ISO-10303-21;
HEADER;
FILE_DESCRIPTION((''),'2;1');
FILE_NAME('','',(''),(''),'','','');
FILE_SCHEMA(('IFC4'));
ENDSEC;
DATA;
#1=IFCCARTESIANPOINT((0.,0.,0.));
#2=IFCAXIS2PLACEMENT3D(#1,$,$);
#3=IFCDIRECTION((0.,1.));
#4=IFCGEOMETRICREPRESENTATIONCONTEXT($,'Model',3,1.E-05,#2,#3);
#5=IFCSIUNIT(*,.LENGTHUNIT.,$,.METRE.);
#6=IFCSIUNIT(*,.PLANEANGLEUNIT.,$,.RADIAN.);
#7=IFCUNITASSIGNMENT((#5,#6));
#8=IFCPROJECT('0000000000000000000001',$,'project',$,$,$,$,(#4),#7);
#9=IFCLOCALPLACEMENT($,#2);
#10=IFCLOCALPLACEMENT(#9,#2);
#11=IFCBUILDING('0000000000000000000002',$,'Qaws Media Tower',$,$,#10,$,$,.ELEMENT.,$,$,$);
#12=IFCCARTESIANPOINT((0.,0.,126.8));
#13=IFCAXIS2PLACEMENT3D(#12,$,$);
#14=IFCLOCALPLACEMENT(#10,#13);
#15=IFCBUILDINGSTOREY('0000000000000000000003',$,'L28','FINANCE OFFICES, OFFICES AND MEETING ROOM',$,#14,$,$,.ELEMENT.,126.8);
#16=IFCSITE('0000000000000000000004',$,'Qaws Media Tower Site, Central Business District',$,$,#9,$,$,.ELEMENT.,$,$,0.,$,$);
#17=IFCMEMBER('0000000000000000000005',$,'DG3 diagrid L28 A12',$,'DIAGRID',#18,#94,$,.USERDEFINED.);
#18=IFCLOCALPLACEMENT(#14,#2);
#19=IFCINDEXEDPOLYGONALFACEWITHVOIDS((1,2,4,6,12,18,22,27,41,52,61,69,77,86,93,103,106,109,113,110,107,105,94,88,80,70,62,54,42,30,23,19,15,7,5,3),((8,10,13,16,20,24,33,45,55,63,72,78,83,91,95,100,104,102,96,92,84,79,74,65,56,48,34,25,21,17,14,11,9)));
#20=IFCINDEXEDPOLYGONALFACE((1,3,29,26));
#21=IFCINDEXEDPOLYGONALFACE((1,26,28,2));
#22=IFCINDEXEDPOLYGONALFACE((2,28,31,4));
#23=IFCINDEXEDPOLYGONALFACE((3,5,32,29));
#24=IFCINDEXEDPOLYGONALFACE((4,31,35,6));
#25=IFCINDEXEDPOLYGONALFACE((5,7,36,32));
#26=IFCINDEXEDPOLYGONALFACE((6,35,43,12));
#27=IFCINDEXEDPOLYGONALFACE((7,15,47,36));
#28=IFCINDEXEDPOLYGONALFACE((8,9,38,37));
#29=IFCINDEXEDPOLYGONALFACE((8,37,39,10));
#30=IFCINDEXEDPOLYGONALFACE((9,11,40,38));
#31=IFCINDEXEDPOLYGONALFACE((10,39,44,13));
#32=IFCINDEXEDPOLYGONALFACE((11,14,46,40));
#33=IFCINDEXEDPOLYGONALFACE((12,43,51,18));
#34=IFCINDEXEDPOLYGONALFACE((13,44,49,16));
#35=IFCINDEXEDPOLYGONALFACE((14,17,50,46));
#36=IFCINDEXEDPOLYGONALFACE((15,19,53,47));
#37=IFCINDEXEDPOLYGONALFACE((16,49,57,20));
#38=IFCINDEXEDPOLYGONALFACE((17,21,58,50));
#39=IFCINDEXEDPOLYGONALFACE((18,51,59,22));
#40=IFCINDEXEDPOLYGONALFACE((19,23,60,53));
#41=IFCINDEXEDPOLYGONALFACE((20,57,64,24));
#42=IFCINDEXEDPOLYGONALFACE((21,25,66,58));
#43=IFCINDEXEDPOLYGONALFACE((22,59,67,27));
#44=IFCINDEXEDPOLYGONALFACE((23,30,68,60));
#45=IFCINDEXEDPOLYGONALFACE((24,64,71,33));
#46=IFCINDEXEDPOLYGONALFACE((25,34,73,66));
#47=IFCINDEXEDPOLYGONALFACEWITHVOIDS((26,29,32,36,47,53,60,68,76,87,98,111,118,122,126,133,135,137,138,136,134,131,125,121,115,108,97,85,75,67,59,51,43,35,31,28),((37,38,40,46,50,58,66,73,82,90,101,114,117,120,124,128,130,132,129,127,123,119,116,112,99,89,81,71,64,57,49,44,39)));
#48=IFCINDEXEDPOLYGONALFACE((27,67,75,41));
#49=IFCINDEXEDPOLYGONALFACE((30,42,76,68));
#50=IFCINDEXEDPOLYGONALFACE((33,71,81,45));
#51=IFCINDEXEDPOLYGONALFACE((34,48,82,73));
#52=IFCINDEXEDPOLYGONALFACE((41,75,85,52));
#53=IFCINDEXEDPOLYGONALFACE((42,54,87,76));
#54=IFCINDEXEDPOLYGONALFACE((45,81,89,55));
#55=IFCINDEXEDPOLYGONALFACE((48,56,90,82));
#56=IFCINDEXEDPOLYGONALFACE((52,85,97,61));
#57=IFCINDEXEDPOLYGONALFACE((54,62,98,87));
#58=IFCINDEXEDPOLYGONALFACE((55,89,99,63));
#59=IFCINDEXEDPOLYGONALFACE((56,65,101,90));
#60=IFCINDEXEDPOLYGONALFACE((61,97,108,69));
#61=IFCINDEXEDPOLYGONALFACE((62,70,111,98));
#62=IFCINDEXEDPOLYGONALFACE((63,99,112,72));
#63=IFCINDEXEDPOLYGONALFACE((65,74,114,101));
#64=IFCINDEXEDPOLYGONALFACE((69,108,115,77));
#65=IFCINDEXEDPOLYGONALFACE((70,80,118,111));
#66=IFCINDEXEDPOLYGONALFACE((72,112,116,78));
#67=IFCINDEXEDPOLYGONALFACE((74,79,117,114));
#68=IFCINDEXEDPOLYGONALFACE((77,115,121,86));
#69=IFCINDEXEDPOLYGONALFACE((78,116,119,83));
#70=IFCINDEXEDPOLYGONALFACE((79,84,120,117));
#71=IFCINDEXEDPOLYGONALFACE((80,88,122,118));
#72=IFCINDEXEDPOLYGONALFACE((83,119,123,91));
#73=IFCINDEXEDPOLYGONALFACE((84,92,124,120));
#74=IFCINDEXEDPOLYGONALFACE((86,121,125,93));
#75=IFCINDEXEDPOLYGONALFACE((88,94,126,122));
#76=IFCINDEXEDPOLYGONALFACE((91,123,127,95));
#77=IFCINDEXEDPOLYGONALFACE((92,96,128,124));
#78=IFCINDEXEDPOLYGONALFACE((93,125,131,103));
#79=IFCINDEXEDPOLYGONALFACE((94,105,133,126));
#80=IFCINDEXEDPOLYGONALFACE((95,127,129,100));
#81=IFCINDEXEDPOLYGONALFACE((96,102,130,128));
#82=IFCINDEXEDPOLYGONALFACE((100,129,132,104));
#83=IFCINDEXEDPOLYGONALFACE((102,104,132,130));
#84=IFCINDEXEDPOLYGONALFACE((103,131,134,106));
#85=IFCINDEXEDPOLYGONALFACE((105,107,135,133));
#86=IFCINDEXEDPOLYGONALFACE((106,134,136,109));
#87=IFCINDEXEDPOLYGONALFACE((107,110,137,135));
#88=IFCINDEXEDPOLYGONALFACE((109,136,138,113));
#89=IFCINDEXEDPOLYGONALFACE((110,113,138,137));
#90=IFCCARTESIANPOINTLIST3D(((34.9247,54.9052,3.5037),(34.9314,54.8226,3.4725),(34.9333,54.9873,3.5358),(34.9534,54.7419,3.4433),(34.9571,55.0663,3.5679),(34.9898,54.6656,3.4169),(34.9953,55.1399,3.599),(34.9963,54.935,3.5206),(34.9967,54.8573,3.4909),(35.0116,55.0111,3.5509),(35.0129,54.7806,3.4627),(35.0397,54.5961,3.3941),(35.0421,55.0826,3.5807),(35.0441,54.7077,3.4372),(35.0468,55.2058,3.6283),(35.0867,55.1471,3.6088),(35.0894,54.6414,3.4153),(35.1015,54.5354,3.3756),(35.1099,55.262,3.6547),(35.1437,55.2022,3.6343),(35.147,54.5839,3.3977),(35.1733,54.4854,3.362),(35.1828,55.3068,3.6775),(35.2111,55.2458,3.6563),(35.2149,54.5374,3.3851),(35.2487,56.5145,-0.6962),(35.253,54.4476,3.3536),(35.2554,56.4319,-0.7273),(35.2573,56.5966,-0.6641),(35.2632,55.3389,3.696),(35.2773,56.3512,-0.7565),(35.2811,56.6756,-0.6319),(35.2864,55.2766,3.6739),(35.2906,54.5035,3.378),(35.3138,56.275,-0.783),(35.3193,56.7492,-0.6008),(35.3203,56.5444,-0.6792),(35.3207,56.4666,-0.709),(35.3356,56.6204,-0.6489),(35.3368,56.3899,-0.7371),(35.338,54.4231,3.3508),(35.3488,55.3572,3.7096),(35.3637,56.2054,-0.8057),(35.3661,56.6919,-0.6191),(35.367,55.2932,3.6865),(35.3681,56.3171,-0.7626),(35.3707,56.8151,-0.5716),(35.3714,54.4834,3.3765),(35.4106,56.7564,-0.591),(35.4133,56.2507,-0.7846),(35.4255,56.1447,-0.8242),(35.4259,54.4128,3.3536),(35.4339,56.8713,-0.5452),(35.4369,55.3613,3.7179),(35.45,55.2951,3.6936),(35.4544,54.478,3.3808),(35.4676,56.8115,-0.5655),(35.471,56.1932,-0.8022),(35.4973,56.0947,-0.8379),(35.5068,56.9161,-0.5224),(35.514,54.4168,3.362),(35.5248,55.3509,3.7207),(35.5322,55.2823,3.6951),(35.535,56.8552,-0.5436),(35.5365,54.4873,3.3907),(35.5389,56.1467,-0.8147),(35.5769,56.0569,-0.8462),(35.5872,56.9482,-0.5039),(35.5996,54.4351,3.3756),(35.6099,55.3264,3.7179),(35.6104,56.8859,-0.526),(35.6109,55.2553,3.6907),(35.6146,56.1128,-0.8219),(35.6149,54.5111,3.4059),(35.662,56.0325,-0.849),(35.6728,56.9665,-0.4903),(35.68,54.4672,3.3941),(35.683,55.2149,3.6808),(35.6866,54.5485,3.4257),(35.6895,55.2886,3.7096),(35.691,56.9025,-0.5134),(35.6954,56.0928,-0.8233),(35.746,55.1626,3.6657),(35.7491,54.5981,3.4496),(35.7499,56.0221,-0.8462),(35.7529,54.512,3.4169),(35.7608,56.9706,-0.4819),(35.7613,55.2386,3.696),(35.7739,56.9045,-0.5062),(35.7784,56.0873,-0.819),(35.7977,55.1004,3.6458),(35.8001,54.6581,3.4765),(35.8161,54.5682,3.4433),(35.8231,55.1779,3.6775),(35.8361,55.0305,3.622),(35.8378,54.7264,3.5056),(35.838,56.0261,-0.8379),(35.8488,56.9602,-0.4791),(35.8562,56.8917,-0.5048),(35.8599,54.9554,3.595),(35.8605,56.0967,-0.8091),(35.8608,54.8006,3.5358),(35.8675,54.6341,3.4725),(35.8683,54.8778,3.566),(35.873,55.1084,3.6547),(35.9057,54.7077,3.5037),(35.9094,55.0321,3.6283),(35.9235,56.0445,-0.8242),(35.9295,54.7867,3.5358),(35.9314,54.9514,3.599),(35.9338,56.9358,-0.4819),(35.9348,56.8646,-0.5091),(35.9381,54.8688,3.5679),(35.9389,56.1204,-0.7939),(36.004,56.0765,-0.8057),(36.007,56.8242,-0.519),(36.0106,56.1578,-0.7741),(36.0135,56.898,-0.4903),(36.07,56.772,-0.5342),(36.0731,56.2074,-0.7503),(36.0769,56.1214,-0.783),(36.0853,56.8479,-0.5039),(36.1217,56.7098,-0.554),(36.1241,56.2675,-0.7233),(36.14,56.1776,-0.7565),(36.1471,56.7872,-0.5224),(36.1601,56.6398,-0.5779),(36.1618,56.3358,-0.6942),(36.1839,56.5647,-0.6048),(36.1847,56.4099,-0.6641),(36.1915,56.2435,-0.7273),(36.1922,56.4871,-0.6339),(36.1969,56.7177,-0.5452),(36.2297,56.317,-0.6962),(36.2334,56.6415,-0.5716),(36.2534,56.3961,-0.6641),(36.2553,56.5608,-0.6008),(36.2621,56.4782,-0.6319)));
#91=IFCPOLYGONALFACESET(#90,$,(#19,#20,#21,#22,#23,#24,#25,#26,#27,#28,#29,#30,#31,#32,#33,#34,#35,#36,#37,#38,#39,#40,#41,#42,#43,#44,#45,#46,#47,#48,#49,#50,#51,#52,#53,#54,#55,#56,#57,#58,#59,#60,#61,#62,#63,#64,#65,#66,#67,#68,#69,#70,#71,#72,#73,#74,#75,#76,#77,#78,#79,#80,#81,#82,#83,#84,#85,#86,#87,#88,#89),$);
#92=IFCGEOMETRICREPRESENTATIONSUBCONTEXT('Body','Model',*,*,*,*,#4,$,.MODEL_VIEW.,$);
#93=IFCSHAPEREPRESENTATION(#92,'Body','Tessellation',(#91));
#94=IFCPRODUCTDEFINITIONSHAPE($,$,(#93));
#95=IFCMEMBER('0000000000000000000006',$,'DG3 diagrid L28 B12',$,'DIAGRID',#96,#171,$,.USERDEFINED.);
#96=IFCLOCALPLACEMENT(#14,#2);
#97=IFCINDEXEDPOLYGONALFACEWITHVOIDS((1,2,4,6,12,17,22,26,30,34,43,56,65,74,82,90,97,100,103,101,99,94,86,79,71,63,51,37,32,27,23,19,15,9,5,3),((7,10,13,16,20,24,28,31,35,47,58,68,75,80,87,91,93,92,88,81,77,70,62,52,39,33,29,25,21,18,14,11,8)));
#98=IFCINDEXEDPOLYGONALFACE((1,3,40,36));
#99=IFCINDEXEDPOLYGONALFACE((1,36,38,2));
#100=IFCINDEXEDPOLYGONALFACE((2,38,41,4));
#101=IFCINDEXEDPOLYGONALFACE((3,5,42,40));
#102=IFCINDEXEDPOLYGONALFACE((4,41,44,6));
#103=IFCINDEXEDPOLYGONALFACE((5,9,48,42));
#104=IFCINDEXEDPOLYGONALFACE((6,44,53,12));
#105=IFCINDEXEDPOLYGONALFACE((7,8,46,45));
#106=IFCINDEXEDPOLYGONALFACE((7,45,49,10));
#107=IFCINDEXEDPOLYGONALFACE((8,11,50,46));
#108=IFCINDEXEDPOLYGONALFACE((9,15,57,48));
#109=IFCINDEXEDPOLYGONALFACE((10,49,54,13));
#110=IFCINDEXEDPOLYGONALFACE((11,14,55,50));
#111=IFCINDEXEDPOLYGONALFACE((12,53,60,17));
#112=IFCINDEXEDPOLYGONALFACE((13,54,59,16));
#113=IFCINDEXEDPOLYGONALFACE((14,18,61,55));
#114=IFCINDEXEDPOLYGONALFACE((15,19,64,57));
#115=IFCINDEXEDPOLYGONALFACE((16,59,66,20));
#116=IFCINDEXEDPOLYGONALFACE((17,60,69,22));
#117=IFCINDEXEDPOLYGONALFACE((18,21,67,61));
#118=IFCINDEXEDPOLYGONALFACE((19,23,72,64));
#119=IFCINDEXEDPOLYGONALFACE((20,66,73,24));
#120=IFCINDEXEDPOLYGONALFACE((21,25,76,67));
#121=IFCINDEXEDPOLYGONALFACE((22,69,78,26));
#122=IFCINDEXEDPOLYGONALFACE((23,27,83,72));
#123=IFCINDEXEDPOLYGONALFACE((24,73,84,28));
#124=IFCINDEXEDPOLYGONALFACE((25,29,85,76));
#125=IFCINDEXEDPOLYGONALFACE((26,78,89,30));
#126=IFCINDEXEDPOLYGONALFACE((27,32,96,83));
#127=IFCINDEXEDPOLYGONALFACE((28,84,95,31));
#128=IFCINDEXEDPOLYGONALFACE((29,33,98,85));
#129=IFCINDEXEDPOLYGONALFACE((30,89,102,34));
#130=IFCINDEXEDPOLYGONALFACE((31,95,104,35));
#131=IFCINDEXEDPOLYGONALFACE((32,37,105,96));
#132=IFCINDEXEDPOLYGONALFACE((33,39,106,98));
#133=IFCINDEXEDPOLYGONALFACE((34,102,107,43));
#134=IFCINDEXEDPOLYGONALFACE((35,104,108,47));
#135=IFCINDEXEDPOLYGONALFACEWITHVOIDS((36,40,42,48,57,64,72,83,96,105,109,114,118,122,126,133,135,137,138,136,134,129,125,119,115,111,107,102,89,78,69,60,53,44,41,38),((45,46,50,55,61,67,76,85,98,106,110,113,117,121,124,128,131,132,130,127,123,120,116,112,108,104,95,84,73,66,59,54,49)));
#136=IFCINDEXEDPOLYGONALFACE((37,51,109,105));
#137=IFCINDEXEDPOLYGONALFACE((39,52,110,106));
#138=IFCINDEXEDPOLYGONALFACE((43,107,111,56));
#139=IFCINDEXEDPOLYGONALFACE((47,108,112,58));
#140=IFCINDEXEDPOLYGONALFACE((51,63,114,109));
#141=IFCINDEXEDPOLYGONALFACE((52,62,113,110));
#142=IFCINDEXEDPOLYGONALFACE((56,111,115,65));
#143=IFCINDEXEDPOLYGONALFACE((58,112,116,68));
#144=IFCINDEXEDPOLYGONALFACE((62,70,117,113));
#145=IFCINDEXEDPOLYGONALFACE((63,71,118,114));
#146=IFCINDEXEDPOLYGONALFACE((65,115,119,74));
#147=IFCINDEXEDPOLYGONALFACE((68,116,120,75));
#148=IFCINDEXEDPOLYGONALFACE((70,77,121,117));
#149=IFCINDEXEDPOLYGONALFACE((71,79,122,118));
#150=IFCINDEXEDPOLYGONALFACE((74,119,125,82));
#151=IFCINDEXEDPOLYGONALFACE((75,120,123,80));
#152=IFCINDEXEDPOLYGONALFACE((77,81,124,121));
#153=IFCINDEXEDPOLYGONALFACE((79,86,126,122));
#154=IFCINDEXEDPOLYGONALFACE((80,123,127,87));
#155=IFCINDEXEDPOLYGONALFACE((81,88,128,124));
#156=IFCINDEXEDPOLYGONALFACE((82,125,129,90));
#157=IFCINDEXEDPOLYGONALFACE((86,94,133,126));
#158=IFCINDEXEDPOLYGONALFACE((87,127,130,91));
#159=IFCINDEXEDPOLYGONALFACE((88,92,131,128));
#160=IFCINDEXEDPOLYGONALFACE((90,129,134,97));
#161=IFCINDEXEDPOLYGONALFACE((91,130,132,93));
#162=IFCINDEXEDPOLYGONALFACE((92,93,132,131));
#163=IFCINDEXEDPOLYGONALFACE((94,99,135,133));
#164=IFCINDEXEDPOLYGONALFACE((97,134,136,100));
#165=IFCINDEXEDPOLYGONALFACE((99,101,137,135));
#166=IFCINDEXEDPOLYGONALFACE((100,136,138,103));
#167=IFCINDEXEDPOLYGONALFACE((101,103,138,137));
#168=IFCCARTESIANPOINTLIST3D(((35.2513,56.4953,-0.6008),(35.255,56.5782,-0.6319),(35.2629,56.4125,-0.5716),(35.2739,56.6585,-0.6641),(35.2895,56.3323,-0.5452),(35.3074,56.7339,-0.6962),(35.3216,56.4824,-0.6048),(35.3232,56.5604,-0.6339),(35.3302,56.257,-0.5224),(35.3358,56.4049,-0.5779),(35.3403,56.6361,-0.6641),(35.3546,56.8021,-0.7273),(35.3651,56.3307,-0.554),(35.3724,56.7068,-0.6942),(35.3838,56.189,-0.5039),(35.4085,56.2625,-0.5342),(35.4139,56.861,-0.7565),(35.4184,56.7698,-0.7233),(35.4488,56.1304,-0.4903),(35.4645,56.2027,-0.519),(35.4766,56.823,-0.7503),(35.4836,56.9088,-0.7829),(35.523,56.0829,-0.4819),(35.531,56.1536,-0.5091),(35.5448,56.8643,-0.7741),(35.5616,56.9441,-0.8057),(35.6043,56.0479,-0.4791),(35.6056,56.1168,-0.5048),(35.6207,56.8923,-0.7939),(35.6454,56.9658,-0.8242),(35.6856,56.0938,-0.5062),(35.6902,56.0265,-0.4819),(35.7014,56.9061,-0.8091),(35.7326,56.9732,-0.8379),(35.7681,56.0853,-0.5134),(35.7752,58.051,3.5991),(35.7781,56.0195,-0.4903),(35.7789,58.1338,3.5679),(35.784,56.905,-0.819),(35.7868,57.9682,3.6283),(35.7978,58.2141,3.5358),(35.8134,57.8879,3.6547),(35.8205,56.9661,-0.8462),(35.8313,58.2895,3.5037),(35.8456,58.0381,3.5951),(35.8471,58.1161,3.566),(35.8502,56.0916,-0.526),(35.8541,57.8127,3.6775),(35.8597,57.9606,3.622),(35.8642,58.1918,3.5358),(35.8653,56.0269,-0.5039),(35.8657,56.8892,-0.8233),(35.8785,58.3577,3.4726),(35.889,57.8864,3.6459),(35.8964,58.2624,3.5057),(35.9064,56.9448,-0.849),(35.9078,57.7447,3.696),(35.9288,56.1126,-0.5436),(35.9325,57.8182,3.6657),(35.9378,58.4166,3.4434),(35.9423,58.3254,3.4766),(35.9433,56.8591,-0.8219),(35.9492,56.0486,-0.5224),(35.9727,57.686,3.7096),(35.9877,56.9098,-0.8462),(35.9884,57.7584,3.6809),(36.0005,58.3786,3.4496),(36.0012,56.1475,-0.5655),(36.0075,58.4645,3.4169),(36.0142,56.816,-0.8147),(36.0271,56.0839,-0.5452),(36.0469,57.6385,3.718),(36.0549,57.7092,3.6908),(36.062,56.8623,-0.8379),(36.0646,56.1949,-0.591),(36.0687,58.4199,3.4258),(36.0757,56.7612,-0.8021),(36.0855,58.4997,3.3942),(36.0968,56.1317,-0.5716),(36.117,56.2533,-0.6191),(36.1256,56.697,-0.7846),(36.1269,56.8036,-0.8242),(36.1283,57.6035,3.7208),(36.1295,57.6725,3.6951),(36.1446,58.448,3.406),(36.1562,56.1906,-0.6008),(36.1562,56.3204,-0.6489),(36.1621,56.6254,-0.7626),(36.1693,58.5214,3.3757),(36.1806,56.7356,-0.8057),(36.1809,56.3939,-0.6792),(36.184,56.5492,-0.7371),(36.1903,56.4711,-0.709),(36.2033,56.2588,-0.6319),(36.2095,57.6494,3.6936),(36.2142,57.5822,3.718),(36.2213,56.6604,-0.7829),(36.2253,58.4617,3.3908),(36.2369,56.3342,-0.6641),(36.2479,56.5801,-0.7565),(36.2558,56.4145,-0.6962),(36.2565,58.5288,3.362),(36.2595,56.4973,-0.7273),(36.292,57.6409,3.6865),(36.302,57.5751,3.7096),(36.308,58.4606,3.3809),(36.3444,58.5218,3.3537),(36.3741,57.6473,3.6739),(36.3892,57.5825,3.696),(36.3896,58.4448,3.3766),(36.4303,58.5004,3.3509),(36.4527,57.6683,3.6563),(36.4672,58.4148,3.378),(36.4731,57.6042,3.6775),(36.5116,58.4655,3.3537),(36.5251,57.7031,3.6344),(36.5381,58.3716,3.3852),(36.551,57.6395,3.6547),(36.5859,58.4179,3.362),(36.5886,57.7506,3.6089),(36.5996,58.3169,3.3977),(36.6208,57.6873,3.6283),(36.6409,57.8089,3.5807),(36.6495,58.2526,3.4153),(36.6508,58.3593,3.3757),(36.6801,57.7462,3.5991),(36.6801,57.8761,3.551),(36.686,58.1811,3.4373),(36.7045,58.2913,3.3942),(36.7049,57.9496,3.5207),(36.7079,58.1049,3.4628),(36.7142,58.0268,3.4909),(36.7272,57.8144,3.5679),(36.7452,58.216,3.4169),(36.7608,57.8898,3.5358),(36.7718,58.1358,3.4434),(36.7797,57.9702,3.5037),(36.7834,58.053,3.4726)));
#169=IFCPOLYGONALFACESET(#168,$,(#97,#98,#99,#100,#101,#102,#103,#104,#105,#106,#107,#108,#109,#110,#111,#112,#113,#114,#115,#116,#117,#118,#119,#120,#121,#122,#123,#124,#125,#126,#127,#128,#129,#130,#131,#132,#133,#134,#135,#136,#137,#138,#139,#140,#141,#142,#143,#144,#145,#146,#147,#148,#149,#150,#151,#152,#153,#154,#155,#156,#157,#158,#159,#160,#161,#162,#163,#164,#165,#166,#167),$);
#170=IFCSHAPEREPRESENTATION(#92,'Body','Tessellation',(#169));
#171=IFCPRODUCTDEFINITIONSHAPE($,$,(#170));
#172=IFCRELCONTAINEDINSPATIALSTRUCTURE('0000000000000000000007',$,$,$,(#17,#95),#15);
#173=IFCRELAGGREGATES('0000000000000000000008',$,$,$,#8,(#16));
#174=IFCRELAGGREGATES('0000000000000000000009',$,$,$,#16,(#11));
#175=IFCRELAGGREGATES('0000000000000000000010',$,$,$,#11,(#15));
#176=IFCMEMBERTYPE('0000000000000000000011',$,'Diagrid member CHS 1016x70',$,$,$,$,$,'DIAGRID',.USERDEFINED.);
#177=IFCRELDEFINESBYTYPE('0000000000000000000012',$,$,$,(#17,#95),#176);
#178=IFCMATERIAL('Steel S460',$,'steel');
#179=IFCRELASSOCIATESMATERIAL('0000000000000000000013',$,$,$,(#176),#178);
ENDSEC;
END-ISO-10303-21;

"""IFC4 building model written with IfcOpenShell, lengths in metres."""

from ifc_helpers import new_model, si_unit, direction, frame, origin, origin_2d, place, context, subcontext, project, spatial, hollow_circle, extrude, material, material_profile, profile_set, type_object, element, save


model = new_model("IFC4")

# Units and contexts
model_context = context("Model", 3, precision=1e-05, world=origin(), true_north=direction((0.0, 1.0)))
body_context = subcontext(model_context, "Body", "Model", "MODEL_VIEW")
ifc_project = project(units=[si_unit("LENGTHUNIT", "METRE"), si_unit("PLANEANGLEUNIT", "RADIAN")], contexts=[model_context])

# Site, building, storey
site_placement = place(None, origin())
site = spatial("IfcSite", under=ifc_project, at=site_placement, Name="Qaws Media Tower Site, Central Business District", CompositionType="ELEMENT", RefElevation=0.0)
building_placement = place(site_placement, origin())
building = spatial("IfcBuilding", under=site, at=building_placement, Name="Qaws Media Tower", CompositionType="ELEMENT")
storey_placement = place(building_placement, frame((0.0, 0.0, 126.8)))
storey = spatial("IfcBuildingStorey", under=building, at=storey_placement, Name="L28", Description="FINANCE OFFICES, OFFICES AND MEETING ROOM", CompositionType="ELEMENT", Elevation=126.8)

# Members
ifc_material_1 = material(Name="Steel S460", Category="steel")
ifc_material_profile_1 = material_profile(ifc_material_1, hollow_circle(Radius=0.5081, WallThickness=0.0701, at=origin_2d()), Name="CHS 1016x70")
ifc_profile_set_1 = profile_set([ifc_material_profile_1], Name="Steel S460")
member_type_1 = type_object("IfcMemberType", Name="Diagrid member CHS 1016x70", ElementType="DIAGRID", PredefinedType="USERDEFINED", material=ifc_profile_set_1)
for number, where, z_axis, x_axis, name in (
    (1, (35.7554, 56.4963, -0.6641), (-0.071844, -0.356894, 0.931378), (0.980334, -0.197346, 0.0), "DG3 diagrid L28 A12"),
    (2, (35.7554, 56.4963, -0.6641), (0.116187, 0.344987, 0.931389), (-0.947697, 0.319171, 0.0), "DG3 diagrid L28 B12"),
):
    element("IfcMember", number, at=place(storey_placement, frame(where, z_axis=z_axis, x_axis=x_axis)), inside=storey, type_object=member_type_1, Name=name, ObjectType="DIAGRID", PredefinedType="USERDEFINED", context=body_context, shape_type="SweptSolid", body=[
        extrude(hollow_circle(Radius=0.5081, WallThickness=0.0701, at=origin_2d()), origin(), (0.0, 0.0, 1.0), 4.5093),
    ])

save(model, "model.ifc")
